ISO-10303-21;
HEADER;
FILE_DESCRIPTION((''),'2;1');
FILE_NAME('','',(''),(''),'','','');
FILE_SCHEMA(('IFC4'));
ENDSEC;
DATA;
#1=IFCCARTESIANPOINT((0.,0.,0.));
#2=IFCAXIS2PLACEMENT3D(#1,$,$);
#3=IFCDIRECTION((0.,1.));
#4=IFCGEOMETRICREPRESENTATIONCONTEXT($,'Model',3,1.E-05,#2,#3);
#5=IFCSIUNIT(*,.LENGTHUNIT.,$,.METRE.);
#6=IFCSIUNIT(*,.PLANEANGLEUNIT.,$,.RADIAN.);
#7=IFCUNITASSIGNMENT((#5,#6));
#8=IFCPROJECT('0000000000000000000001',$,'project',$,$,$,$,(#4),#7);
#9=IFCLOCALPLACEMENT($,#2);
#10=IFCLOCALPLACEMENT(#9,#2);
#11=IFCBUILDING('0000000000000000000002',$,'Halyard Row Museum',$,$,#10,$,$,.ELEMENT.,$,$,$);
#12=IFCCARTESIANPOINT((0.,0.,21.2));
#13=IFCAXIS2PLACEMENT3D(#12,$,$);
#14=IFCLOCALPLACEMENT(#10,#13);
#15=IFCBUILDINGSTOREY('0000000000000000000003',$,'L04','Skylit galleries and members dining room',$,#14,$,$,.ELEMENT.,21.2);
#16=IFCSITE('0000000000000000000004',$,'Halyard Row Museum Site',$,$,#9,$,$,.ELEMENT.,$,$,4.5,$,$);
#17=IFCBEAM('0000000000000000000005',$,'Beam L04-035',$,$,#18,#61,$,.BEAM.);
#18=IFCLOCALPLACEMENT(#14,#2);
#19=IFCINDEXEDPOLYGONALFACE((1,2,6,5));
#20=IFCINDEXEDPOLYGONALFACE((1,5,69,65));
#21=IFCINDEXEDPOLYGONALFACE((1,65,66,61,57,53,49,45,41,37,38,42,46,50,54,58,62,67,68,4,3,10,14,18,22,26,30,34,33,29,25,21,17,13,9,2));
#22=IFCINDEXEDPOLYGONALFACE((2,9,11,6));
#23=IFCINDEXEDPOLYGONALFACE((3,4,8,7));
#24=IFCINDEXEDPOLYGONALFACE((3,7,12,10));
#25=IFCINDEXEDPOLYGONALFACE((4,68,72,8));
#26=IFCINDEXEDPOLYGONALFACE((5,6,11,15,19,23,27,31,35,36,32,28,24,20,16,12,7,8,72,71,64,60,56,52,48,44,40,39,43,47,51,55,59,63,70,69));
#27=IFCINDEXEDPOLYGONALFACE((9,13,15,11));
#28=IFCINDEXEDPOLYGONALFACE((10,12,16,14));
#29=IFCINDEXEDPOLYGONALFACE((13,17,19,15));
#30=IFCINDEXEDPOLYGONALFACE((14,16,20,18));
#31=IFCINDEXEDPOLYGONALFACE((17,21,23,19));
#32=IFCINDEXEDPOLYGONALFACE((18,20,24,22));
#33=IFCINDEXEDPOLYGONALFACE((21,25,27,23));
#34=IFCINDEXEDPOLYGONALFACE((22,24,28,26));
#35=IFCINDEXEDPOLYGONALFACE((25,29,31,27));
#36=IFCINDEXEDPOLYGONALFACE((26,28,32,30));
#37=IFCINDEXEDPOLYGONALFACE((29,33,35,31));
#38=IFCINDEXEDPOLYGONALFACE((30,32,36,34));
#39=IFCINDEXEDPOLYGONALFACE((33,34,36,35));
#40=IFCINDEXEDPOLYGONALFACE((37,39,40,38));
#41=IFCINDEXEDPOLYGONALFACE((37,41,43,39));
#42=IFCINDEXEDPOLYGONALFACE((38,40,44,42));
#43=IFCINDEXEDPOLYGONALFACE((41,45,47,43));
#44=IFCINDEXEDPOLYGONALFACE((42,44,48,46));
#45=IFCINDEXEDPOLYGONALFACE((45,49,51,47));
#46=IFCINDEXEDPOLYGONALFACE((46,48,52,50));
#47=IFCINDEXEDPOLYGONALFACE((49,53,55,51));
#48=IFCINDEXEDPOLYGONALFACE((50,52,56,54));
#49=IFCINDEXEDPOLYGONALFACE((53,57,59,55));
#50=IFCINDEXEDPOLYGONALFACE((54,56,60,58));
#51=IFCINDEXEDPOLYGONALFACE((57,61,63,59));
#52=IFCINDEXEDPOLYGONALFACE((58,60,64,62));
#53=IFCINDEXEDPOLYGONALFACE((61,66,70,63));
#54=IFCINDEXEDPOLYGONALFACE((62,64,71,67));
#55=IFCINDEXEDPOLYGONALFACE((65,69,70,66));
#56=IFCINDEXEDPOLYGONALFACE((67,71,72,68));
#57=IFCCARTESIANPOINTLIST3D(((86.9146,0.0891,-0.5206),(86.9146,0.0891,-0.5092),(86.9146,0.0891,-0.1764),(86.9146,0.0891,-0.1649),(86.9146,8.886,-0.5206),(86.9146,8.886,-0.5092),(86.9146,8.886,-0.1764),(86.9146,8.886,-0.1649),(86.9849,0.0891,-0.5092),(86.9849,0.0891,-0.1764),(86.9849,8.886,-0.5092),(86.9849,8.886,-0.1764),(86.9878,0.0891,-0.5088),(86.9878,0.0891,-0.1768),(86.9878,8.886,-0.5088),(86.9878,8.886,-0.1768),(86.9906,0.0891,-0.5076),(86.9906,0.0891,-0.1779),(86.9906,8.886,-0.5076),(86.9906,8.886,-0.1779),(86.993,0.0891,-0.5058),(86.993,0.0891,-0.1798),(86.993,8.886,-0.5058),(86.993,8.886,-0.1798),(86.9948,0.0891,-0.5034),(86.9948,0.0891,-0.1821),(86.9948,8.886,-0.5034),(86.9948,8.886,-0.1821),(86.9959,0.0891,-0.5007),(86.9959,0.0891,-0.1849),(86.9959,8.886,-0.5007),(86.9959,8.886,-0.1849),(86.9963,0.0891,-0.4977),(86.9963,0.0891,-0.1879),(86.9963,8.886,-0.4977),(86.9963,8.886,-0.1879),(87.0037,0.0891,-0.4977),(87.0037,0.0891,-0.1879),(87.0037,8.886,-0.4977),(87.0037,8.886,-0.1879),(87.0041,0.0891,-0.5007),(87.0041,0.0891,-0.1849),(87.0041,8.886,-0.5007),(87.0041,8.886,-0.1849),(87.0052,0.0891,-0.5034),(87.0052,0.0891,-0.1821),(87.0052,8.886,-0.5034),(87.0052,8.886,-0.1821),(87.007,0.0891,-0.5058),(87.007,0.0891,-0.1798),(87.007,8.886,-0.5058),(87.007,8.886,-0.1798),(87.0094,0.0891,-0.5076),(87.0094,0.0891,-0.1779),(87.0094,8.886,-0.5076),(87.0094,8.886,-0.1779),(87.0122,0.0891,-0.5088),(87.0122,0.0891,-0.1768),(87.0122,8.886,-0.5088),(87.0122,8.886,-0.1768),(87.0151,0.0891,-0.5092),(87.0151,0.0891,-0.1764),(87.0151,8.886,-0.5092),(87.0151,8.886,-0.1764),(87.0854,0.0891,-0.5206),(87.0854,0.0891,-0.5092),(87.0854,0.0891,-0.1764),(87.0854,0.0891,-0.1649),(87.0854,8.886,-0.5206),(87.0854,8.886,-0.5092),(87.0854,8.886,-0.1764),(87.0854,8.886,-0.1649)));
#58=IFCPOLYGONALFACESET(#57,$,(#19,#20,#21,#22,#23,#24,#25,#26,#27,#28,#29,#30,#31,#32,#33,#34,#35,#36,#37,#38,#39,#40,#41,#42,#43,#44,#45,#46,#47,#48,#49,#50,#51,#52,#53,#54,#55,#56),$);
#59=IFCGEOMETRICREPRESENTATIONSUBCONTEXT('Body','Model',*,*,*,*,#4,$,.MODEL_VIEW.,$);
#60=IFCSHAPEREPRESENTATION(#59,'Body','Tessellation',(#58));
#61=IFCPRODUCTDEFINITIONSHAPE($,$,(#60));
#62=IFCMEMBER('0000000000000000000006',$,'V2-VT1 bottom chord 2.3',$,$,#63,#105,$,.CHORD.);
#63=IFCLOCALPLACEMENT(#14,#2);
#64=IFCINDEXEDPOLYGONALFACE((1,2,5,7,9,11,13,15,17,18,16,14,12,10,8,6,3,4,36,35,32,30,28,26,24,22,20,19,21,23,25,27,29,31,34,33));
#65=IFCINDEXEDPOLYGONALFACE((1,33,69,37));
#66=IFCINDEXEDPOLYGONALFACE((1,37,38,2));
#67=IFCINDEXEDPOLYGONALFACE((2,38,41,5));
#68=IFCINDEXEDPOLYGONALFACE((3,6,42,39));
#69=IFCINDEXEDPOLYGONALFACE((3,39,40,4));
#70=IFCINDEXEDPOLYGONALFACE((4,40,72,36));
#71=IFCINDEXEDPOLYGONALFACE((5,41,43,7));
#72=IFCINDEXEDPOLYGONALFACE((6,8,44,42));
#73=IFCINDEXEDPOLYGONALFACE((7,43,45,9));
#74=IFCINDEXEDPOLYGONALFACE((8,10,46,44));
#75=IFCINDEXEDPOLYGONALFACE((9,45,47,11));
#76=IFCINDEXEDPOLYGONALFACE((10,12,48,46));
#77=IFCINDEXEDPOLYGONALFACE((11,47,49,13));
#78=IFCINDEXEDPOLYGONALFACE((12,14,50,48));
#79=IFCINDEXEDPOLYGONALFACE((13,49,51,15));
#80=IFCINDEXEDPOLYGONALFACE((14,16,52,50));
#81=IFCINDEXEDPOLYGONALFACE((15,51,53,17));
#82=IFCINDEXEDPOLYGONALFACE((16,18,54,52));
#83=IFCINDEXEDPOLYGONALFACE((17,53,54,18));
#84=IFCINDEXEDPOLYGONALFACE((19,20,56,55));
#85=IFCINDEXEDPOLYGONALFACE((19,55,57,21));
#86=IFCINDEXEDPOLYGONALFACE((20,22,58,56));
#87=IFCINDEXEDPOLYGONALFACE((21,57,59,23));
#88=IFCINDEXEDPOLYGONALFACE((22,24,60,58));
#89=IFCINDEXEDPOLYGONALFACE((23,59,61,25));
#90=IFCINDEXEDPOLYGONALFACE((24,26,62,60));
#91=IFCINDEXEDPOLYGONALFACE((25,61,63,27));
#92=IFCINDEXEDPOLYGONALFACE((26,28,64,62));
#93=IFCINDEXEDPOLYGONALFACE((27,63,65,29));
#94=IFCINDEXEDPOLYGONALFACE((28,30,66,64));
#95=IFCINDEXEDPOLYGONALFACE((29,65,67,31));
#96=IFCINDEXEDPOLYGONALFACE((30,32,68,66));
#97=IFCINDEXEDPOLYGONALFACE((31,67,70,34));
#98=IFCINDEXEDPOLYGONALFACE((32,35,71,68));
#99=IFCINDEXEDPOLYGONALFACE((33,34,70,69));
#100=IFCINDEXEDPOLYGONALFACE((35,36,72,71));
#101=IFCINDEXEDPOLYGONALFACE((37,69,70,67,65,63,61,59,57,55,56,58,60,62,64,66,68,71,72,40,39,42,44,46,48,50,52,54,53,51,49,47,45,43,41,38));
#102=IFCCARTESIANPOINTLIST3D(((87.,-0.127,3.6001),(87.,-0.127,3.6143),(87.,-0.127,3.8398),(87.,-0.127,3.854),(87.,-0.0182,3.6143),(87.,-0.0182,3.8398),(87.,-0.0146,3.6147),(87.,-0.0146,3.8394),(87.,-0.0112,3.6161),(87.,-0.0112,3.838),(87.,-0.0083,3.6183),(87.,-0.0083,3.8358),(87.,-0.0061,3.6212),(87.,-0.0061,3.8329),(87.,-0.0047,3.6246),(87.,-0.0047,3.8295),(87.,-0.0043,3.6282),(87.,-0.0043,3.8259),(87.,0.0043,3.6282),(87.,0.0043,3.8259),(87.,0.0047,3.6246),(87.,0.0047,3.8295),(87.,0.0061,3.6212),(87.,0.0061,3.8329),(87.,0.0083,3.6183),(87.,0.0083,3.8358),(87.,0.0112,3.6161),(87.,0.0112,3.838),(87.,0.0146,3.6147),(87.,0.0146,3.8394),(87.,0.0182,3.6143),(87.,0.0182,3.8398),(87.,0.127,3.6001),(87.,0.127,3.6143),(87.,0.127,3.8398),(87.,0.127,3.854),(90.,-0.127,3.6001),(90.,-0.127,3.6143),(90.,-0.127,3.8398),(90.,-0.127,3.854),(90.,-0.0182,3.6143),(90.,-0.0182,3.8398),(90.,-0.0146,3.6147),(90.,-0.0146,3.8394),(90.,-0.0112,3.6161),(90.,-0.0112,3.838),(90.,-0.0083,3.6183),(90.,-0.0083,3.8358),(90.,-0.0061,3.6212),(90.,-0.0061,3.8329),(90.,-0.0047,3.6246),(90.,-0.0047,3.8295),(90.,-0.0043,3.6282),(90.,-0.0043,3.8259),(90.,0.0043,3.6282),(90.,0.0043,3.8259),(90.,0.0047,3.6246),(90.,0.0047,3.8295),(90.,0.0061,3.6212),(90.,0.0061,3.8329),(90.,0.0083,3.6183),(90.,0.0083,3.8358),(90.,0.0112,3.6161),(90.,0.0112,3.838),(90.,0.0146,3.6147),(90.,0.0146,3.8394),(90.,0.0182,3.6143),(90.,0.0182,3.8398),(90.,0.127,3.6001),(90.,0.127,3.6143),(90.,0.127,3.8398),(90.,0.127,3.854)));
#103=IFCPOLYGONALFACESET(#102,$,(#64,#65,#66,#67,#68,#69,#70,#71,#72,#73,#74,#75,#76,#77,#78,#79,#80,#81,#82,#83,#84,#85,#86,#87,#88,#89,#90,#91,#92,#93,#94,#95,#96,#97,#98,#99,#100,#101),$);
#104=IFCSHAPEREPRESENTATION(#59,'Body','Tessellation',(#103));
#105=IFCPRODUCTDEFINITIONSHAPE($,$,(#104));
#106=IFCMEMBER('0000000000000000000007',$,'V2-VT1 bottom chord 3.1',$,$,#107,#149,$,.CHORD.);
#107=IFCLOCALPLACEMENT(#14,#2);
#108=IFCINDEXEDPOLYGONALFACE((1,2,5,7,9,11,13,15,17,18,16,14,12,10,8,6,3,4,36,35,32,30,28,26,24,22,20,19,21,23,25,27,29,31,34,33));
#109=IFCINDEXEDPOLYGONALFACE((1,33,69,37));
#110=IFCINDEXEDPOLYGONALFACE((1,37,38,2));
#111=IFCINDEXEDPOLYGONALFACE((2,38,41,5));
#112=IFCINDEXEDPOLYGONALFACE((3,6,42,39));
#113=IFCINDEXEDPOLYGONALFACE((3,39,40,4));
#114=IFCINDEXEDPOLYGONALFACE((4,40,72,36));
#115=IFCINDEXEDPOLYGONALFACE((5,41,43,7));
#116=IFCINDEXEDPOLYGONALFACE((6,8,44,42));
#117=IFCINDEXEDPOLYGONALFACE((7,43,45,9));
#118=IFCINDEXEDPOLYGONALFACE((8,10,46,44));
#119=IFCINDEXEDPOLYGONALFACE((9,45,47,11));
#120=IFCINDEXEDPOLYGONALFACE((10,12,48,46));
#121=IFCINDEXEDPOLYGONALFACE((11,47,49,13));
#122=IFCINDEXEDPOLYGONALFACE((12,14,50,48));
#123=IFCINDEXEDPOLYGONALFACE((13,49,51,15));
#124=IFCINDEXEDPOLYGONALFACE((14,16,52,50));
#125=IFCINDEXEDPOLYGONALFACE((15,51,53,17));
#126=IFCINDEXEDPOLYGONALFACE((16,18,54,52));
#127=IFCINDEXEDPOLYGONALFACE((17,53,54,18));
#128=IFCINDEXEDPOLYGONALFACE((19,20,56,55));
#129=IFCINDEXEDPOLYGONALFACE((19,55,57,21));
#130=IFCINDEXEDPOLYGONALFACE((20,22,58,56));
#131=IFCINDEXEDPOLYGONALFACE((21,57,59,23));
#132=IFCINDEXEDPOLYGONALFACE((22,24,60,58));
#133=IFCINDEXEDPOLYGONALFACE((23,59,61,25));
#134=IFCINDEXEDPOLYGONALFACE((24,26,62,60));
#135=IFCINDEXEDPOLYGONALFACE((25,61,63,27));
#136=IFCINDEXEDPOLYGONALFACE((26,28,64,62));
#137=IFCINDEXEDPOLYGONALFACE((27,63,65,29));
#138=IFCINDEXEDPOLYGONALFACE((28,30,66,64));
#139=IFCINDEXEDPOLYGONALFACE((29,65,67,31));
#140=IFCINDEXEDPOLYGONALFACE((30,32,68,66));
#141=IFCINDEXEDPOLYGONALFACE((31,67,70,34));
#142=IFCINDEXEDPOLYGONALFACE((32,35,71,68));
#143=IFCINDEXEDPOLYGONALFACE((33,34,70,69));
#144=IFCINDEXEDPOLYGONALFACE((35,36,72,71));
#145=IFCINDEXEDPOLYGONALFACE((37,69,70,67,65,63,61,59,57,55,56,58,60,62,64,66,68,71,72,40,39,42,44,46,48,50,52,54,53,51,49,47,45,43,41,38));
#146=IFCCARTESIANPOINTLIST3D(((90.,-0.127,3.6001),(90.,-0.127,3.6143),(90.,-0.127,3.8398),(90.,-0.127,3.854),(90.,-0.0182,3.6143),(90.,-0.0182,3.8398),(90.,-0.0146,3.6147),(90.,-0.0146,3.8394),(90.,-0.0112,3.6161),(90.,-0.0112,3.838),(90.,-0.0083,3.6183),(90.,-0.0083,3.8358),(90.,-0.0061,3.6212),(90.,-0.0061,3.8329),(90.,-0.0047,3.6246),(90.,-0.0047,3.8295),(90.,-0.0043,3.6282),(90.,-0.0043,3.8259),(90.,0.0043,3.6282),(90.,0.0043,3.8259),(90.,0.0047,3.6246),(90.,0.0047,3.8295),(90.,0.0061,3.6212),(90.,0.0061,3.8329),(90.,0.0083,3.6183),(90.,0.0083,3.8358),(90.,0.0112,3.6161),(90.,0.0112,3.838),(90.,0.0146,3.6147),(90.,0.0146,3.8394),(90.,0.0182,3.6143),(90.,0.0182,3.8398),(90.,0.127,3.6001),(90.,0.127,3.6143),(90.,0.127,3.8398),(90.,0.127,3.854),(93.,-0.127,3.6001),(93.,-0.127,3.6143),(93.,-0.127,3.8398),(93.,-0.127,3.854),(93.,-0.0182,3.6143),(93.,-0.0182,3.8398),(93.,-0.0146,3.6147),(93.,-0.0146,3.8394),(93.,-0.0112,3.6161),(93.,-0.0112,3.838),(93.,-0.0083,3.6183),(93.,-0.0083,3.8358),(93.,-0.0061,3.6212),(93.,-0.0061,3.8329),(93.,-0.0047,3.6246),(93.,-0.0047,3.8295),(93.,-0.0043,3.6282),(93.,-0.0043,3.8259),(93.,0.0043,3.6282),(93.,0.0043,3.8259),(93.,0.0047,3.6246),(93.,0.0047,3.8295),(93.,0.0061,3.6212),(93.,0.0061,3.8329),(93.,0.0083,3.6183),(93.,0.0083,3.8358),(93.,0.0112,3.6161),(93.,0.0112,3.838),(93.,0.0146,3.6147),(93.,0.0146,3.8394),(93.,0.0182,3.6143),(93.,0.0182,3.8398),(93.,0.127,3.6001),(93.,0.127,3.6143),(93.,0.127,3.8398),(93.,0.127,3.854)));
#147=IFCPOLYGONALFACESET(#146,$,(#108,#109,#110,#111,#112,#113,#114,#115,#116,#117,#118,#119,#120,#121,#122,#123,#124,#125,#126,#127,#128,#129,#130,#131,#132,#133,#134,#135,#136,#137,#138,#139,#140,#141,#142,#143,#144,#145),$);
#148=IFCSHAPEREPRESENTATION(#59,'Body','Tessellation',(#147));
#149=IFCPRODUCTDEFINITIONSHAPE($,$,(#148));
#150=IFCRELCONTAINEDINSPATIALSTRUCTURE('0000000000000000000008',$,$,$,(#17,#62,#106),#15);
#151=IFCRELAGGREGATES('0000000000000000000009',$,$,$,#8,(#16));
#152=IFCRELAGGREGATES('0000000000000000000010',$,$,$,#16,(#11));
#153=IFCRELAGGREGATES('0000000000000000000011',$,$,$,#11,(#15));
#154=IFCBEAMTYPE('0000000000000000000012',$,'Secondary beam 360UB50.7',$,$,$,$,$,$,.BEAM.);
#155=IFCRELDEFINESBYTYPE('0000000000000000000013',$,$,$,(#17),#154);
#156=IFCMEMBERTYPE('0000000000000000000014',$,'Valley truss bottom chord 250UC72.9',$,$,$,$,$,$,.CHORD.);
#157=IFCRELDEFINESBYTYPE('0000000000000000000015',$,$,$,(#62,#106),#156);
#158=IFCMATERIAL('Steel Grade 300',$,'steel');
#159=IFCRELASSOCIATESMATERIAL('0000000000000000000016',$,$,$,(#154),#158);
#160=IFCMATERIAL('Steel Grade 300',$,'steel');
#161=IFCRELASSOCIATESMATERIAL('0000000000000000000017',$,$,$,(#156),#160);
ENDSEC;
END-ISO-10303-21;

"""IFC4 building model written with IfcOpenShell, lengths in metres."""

from ifc_helpers import new_model, si_unit, direction, frame, origin, origin_2d, place, context, subcontext, project, spatial, i_section, extrude, material, material_profile, profile_set, type_object, element, save


model = new_model("IFC4")

# Units and contexts
model_context = context("Model", 3, precision=1e-05, world=origin(), true_north=direction((0.0, 1.0)))
body_context = subcontext(model_context, "Body", "Model", "MODEL_VIEW")
ifc_project = project(units=[si_unit("LENGTHUNIT", "METRE"), si_unit("PLANEANGLEUNIT", "RADIAN")], contexts=[model_context])

# Site, building, storey
site_placement = place(None, origin())
site = spatial("IfcSite", under=ifc_project, at=site_placement, Name="Halyard Row Museum Site", CompositionType="ELEMENT", RefElevation=4.5)
building_placement = place(site_placement, origin())
building = spatial("IfcBuilding", under=site, at=building_placement, Name="Halyard Row Museum", CompositionType="ELEMENT")
storey_placement = place(building_placement, frame((0.0, 0.0, 21.2)))
storey = spatial("IfcBuildingStorey", under=building, at=storey_placement, Name="L04", Description="Skylit galleries and members dining room", CompositionType="ELEMENT", Elevation=21.2)

# Beam
ifc_material_1 = material(Name="Steel Grade 300", Category="steel")
ifc_material_profile_1 = material_profile(ifc_material_1, i_section(OverallWidth=0.1709, OverallDepth=0.3557, WebThickness=0.0073, FlangeThickness=0.0115, FilletRadius=0.0115, at=origin_2d()), Name="360UB50.7")
ifc_profile_set_1 = profile_set([ifc_material_profile_1], Name="Steel Grade 300")
beam_type_1 = type_object("IfcBeamType", Name="Secondary beam 360UB50.7", PredefinedType="BEAM", material=ifc_profile_set_1)
beam_1_placement = place(storey_placement, frame((87.0, 0.0891, -0.3428), z_axis=(0.0, 1.0, 0.0), x_axis=(-1.0, 0.0, 0.0)))
element("IfcBeam", 1, at=beam_1_placement, inside=storey, type_object=beam_type_1, Name="Beam L04-035", PredefinedType="BEAM", context=body_context, shape_type="SweptSolid", body=[
    extrude(i_section(OverallWidth=0.1709, OverallDepth=0.3557, WebThickness=0.0073, FlangeThickness=0.0115, FilletRadius=0.0115, at=origin_2d()), origin(), (0.0, 0.0, 1.0), 8.7969),
])

# Members
ifc_material_2 = material(Name="Steel Grade 300", Category="steel")
ifc_material_profile_2 = material_profile(ifc_material_2, i_section(OverallWidth=0.2539, OverallDepth=0.2539, WebThickness=0.0085, FlangeThickness=0.0142, FilletRadius=0.0139, at=origin_2d()), Name="250UC72.9")
ifc_profile_set_2 = profile_set([ifc_material_profile_2], Name="Steel Grade 300")
member_type_1 = type_object("IfcMemberType", Name="Valley truss bottom chord 250UC72.9", PredefinedType="CHORD", material=ifc_profile_set_2)
for number, where, z_axis, x_axis, name in (
    (2, (87.0, 0.0, 3.7271), (1.0, 0.0, 0.0), (0.0, 1.0, 0.0), "V2-VT1 bottom chord 2.3"),
    (3, (90.0, 0.0, 3.7271), (1.0, 0.0, 0.0), (0.0, 1.0, 0.0), "V2-VT1 bottom chord 3.1"),
):
    element("IfcMember", number, at=place(storey_placement, frame(where, z_axis=z_axis, x_axis=x_axis)), inside=storey, type_object=member_type_1, Name=name, PredefinedType="CHORD", context=body_context, shape_type="SweptSolid", body=[
        extrude(i_section(OverallWidth=0.2539, OverallDepth=0.2539, WebThickness=0.0085, FlangeThickness=0.0142, FilletRadius=0.0139, at=origin_2d()), origin(), (0.0, 0.0, 1.0), 3.0),
    ])

save(model, "model.ifc")
